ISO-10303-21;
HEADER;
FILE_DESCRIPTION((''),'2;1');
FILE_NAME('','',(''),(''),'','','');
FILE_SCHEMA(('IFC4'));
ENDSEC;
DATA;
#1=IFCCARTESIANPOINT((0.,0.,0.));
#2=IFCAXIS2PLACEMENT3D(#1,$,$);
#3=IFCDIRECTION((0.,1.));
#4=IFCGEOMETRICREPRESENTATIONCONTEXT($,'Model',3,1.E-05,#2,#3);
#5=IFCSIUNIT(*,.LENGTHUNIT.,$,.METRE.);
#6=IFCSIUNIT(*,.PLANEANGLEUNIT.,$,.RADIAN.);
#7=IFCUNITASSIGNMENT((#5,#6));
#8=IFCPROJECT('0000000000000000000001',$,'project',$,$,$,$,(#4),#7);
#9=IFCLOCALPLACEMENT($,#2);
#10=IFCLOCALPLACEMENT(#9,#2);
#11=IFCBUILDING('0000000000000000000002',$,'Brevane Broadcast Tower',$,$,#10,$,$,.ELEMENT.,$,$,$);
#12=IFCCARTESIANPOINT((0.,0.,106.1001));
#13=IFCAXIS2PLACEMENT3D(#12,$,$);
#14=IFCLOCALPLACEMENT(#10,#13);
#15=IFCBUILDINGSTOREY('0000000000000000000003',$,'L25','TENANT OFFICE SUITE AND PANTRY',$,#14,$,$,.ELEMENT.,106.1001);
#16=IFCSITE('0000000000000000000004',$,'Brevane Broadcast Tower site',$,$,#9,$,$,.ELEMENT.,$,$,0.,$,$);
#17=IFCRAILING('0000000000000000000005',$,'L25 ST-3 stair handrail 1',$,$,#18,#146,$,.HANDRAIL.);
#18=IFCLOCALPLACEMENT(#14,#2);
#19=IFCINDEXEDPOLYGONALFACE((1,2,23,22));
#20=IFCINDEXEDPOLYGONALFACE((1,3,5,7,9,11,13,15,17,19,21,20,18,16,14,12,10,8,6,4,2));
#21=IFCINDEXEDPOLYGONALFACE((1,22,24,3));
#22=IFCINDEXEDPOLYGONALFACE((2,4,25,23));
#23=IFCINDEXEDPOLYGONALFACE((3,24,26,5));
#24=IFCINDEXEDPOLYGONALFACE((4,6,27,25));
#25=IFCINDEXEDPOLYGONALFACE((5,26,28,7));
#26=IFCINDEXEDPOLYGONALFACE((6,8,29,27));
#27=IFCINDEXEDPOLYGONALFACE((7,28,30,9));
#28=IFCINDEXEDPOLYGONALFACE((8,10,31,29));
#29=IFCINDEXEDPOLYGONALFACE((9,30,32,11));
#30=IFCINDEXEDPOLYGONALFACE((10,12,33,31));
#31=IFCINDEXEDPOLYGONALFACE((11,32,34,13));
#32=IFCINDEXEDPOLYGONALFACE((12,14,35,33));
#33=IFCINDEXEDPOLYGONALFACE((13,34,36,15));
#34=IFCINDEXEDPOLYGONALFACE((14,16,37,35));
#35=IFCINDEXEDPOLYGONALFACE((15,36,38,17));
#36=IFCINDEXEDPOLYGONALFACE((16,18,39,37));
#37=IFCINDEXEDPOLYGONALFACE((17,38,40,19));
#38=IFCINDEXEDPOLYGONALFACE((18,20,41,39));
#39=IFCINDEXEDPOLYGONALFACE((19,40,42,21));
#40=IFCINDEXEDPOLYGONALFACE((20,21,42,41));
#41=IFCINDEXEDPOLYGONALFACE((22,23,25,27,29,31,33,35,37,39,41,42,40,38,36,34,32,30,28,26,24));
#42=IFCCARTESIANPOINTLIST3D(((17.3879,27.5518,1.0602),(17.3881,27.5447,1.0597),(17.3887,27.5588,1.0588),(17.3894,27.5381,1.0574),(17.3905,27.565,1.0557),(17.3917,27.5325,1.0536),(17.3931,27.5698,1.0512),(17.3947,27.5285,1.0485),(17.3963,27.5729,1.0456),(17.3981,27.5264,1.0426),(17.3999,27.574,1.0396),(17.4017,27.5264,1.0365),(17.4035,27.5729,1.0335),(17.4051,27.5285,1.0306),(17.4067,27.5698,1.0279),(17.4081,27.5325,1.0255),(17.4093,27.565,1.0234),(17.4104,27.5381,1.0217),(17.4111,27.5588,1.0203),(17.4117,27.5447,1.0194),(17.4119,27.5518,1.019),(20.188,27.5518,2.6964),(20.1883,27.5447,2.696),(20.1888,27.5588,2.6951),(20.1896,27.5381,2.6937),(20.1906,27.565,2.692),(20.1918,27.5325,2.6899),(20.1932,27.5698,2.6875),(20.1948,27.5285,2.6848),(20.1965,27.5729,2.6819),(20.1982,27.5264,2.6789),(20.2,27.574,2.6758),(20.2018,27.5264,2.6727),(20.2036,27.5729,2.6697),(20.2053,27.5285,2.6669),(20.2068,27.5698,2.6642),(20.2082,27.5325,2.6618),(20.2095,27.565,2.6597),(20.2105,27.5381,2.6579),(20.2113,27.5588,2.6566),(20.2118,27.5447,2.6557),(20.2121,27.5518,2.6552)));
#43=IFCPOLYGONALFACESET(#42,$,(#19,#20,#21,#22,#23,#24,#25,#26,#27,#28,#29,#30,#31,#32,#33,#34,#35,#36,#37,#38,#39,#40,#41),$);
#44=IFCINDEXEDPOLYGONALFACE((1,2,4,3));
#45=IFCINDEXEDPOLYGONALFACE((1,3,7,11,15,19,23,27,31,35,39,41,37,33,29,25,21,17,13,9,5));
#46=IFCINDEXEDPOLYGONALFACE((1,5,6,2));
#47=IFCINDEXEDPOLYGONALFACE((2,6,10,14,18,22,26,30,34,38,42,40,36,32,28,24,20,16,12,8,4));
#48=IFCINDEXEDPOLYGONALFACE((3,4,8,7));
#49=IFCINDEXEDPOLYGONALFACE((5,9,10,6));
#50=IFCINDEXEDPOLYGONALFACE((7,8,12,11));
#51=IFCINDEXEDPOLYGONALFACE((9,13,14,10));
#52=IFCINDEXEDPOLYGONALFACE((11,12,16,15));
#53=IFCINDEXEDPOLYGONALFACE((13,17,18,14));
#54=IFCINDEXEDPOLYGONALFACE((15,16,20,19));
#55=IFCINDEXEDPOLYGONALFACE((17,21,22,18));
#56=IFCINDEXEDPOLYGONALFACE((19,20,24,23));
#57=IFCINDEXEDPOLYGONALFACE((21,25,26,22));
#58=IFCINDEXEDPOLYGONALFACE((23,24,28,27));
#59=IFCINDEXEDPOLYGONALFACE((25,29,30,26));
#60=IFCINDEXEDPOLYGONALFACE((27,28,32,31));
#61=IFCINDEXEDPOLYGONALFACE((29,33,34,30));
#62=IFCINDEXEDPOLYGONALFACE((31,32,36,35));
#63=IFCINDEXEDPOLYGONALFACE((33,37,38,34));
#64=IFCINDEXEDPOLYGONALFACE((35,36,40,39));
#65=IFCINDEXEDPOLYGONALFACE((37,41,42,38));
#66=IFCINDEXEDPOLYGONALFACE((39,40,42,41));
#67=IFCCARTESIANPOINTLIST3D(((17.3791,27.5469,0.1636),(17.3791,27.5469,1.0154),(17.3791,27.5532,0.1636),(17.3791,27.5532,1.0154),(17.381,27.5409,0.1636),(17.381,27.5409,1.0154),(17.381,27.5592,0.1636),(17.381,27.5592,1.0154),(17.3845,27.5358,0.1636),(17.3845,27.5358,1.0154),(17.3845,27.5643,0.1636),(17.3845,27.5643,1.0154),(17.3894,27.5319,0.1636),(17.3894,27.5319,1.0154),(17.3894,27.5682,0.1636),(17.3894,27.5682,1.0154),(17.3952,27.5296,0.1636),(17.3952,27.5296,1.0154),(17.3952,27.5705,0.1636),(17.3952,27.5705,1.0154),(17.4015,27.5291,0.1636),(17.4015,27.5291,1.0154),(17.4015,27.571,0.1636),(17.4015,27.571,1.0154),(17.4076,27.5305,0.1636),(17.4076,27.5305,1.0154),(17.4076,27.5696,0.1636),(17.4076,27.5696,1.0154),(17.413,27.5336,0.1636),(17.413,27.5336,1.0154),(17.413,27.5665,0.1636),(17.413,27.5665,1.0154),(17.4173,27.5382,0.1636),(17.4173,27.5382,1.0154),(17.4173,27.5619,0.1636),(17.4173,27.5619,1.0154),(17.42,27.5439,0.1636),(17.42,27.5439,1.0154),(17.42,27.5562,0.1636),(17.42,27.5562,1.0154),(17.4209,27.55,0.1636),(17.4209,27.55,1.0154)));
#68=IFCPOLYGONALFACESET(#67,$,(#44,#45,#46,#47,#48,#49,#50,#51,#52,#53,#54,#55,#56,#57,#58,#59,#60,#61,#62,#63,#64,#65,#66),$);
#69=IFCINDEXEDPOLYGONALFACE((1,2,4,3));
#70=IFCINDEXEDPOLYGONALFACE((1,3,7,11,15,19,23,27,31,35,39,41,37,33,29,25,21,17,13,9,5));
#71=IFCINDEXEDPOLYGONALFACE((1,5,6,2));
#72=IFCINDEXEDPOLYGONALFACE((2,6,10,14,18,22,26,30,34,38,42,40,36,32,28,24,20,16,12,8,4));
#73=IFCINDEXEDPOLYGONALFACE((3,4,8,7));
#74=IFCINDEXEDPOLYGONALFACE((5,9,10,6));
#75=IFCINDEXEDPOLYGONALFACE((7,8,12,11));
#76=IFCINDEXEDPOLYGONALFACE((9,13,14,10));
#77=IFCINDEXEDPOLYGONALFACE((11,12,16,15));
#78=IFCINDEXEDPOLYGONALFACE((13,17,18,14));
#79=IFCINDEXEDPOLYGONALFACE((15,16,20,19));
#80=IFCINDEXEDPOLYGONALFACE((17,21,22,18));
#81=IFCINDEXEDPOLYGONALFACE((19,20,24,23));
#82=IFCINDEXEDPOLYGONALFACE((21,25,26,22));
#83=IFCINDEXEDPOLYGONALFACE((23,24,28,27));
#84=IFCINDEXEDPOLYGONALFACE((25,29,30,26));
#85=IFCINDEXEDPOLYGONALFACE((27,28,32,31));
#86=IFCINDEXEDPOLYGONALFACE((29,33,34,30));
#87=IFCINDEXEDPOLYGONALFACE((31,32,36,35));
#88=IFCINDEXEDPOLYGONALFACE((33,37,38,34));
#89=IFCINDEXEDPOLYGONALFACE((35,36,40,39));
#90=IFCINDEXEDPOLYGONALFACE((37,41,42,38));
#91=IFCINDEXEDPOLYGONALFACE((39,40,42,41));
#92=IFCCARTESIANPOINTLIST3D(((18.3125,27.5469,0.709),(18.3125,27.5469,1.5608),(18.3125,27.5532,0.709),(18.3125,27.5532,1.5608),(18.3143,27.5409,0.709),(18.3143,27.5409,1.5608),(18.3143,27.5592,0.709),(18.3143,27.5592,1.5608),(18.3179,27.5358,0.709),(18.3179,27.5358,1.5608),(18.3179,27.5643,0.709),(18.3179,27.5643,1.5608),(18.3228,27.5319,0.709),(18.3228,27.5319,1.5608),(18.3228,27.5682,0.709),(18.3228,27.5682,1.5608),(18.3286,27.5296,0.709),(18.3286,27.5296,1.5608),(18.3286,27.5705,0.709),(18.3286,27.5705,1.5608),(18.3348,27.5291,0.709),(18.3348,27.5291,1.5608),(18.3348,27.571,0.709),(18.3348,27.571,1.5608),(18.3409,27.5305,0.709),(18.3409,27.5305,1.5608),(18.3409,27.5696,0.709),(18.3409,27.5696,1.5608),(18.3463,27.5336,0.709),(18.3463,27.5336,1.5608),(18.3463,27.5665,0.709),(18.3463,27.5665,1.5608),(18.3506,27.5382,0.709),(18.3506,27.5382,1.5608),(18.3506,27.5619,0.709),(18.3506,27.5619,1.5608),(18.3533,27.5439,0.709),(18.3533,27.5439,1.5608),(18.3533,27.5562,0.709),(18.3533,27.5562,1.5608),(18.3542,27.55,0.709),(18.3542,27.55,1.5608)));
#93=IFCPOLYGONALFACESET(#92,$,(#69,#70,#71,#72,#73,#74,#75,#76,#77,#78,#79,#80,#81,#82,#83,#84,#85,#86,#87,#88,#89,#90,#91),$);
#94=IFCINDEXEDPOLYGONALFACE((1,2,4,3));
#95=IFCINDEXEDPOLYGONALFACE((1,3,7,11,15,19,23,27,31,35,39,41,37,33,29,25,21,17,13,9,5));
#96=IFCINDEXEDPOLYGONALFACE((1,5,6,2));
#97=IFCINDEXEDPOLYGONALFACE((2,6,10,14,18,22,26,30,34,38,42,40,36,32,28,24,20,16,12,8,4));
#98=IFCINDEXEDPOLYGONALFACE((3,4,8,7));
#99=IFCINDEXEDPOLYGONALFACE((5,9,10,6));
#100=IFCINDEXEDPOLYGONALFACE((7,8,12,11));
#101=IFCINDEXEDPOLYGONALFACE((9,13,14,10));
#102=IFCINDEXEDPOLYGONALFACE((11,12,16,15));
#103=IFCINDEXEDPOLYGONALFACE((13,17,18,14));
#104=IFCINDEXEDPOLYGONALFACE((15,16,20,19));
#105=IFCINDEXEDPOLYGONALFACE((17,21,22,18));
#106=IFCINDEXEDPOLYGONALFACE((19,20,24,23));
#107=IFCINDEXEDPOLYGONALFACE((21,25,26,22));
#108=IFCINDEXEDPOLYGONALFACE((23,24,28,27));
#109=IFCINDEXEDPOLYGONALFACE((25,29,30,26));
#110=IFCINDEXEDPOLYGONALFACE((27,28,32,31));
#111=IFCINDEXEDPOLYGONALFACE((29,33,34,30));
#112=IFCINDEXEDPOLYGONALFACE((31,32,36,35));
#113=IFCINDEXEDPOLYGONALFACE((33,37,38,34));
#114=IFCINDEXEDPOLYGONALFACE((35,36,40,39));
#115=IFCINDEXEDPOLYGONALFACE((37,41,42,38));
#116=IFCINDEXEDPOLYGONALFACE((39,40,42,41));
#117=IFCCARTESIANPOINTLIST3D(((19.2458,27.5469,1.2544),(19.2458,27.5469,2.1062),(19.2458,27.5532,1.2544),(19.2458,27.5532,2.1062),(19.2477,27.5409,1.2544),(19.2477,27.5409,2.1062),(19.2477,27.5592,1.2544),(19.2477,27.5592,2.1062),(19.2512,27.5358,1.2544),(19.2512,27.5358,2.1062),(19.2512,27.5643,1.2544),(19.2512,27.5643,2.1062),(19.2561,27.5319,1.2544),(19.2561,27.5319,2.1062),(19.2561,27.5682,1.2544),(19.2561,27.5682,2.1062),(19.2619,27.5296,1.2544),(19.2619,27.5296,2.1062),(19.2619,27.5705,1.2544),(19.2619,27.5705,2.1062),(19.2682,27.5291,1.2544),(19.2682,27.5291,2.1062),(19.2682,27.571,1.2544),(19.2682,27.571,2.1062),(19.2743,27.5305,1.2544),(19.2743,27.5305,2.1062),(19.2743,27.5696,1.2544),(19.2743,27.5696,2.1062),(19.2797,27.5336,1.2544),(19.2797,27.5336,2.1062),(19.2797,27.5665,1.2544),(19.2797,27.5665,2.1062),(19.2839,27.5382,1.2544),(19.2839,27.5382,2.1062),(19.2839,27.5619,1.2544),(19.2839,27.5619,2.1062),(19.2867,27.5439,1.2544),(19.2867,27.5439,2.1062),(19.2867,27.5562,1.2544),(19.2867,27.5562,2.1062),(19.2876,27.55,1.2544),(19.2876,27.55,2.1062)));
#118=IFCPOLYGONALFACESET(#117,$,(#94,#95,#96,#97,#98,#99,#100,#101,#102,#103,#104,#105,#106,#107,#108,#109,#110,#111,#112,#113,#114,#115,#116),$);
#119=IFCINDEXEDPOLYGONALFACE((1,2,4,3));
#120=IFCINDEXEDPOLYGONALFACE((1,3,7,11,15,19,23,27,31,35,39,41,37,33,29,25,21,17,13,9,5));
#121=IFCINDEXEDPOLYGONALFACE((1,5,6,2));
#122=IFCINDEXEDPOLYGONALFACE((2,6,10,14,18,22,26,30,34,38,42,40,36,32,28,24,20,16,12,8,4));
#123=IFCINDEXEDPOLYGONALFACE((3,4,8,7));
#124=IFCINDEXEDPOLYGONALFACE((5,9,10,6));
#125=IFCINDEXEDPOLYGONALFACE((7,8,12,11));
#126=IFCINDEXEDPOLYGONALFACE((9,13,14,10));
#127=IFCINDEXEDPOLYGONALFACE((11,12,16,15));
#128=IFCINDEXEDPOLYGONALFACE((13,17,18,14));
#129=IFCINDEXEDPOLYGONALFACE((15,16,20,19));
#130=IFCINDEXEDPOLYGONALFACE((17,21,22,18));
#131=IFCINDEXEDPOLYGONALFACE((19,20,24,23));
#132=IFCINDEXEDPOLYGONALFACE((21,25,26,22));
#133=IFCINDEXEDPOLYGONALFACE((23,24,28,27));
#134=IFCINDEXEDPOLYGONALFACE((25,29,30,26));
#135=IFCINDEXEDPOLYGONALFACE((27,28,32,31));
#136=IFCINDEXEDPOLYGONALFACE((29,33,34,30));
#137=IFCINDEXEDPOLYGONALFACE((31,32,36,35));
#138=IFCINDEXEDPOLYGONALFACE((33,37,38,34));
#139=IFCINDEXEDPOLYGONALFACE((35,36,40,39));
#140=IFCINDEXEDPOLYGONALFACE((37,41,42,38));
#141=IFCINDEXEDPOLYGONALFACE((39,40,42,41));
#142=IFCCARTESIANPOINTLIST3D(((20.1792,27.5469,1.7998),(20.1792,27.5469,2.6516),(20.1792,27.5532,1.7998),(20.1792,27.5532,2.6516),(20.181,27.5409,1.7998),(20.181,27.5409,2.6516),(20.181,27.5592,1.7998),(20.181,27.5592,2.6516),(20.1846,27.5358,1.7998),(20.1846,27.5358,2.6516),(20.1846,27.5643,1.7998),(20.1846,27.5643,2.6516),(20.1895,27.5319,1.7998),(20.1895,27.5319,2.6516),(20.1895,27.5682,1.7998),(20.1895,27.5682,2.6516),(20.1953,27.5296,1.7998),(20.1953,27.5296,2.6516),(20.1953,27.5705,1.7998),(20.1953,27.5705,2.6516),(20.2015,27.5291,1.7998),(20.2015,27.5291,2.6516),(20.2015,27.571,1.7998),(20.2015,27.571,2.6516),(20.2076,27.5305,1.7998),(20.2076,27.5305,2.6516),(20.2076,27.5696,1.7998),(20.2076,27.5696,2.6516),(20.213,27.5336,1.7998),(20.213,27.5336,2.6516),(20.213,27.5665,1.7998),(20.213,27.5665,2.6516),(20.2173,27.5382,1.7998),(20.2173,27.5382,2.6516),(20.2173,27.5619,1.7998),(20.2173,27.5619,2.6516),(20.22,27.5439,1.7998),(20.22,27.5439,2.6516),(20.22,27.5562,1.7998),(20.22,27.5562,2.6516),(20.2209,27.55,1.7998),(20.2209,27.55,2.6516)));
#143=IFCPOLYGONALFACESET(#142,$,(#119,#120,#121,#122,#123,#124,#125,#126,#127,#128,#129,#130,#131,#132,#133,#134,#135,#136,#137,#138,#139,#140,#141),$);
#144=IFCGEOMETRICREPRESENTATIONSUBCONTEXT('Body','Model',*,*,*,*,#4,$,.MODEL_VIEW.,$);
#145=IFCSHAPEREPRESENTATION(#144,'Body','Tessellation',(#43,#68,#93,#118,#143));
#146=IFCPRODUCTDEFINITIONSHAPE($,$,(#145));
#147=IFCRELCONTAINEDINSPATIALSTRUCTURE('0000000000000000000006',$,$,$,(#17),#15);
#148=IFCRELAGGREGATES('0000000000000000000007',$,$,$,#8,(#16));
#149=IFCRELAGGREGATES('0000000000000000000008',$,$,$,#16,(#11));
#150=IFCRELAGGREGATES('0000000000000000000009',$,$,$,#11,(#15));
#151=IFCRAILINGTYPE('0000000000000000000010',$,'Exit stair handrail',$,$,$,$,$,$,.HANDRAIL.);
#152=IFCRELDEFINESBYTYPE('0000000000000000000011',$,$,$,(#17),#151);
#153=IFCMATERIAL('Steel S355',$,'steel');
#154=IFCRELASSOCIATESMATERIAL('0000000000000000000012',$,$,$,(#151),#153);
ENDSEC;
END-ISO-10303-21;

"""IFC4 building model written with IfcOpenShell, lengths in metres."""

from ifc_helpers import new_model, si_unit, direction, frame, origin, origin_2d, place, context, subcontext, project, spatial, circle, extrude, material, type_object, element, save


model = new_model("IFC4")

# Units and contexts
model_context = context("Model", 3, precision=1e-05, world=origin(), true_north=direction((0.0, 1.0)))
body_context = subcontext(model_context, "Body", "Model", "MODEL_VIEW")
ifc_project = project(units=[si_unit("LENGTHUNIT", "METRE"), si_unit("PLANEANGLEUNIT", "RADIAN")], contexts=[model_context])

# Site, building, storey
site_placement = place(None, origin())
site = spatial("IfcSite", under=ifc_project, at=site_placement, Name="Brevane Broadcast Tower site", CompositionType="ELEMENT", RefElevation=0.0)
building_placement = place(site_placement, origin())
building = spatial("IfcBuilding", under=site, at=building_placement, Name="Brevane Broadcast Tower", CompositionType="ELEMENT")
storey_placement = place(building_placement, frame((0.0, 0.0, 106.1001)))
storey = spatial("IfcBuildingStorey", under=building, at=storey_placement, Name="L25", Description="TENANT OFFICE SUITE AND PANTRY", CompositionType="ELEMENT", Elevation=106.1001)

# Railing
ifc_material_1 = material(Name="Steel S355", Category="steel")
railing_type_1 = type_object("IfcRailingType", Name="Exit stair handrail", PredefinedType="HANDRAIL", material=ifc_material_1)
railing_1_placement = place(storey_placement, frame((17.3999, 27.55, 0.1636)))
element("IfcRailing", 1, at=railing_1_placement, inside=storey, type_object=railing_type_1, Name="L25 ST-3 stair handrail 1", PredefinedType="HANDRAIL", context=body_context, shape_type="SweptSolid", body=[
    extrude(circle(Radius=0.0239, at=origin_2d()), frame((0.0, 0.0, 0.876), z_axis=(0.863394, 0.0, 0.504531), x_axis=(0.0, 1.0, 0.0)), (0.0, 0.0, 1.0), 3.2432),
    extrude(circle(Radius=0.021, at=origin_2d()), origin(), (0.0, 0.0, 1.0), 0.8518),
    extrude(circle(Radius=0.021, at=origin_2d()), frame((0.9333, 0.0, 0.5454)), (0.0, 0.0, 1.0), 0.8518),
    extrude(circle(Radius=0.021, at=origin_2d()), frame((1.8667, 0.0, 1.0908)), (0.0, 0.0, 1.0), 0.8518),
    extrude(circle(Radius=0.021, at=origin_2d()), frame((2.8, 0.0, 1.6362)), (0.0, 0.0, 1.0), 0.8518),
])

save(model, "model.ifc")
